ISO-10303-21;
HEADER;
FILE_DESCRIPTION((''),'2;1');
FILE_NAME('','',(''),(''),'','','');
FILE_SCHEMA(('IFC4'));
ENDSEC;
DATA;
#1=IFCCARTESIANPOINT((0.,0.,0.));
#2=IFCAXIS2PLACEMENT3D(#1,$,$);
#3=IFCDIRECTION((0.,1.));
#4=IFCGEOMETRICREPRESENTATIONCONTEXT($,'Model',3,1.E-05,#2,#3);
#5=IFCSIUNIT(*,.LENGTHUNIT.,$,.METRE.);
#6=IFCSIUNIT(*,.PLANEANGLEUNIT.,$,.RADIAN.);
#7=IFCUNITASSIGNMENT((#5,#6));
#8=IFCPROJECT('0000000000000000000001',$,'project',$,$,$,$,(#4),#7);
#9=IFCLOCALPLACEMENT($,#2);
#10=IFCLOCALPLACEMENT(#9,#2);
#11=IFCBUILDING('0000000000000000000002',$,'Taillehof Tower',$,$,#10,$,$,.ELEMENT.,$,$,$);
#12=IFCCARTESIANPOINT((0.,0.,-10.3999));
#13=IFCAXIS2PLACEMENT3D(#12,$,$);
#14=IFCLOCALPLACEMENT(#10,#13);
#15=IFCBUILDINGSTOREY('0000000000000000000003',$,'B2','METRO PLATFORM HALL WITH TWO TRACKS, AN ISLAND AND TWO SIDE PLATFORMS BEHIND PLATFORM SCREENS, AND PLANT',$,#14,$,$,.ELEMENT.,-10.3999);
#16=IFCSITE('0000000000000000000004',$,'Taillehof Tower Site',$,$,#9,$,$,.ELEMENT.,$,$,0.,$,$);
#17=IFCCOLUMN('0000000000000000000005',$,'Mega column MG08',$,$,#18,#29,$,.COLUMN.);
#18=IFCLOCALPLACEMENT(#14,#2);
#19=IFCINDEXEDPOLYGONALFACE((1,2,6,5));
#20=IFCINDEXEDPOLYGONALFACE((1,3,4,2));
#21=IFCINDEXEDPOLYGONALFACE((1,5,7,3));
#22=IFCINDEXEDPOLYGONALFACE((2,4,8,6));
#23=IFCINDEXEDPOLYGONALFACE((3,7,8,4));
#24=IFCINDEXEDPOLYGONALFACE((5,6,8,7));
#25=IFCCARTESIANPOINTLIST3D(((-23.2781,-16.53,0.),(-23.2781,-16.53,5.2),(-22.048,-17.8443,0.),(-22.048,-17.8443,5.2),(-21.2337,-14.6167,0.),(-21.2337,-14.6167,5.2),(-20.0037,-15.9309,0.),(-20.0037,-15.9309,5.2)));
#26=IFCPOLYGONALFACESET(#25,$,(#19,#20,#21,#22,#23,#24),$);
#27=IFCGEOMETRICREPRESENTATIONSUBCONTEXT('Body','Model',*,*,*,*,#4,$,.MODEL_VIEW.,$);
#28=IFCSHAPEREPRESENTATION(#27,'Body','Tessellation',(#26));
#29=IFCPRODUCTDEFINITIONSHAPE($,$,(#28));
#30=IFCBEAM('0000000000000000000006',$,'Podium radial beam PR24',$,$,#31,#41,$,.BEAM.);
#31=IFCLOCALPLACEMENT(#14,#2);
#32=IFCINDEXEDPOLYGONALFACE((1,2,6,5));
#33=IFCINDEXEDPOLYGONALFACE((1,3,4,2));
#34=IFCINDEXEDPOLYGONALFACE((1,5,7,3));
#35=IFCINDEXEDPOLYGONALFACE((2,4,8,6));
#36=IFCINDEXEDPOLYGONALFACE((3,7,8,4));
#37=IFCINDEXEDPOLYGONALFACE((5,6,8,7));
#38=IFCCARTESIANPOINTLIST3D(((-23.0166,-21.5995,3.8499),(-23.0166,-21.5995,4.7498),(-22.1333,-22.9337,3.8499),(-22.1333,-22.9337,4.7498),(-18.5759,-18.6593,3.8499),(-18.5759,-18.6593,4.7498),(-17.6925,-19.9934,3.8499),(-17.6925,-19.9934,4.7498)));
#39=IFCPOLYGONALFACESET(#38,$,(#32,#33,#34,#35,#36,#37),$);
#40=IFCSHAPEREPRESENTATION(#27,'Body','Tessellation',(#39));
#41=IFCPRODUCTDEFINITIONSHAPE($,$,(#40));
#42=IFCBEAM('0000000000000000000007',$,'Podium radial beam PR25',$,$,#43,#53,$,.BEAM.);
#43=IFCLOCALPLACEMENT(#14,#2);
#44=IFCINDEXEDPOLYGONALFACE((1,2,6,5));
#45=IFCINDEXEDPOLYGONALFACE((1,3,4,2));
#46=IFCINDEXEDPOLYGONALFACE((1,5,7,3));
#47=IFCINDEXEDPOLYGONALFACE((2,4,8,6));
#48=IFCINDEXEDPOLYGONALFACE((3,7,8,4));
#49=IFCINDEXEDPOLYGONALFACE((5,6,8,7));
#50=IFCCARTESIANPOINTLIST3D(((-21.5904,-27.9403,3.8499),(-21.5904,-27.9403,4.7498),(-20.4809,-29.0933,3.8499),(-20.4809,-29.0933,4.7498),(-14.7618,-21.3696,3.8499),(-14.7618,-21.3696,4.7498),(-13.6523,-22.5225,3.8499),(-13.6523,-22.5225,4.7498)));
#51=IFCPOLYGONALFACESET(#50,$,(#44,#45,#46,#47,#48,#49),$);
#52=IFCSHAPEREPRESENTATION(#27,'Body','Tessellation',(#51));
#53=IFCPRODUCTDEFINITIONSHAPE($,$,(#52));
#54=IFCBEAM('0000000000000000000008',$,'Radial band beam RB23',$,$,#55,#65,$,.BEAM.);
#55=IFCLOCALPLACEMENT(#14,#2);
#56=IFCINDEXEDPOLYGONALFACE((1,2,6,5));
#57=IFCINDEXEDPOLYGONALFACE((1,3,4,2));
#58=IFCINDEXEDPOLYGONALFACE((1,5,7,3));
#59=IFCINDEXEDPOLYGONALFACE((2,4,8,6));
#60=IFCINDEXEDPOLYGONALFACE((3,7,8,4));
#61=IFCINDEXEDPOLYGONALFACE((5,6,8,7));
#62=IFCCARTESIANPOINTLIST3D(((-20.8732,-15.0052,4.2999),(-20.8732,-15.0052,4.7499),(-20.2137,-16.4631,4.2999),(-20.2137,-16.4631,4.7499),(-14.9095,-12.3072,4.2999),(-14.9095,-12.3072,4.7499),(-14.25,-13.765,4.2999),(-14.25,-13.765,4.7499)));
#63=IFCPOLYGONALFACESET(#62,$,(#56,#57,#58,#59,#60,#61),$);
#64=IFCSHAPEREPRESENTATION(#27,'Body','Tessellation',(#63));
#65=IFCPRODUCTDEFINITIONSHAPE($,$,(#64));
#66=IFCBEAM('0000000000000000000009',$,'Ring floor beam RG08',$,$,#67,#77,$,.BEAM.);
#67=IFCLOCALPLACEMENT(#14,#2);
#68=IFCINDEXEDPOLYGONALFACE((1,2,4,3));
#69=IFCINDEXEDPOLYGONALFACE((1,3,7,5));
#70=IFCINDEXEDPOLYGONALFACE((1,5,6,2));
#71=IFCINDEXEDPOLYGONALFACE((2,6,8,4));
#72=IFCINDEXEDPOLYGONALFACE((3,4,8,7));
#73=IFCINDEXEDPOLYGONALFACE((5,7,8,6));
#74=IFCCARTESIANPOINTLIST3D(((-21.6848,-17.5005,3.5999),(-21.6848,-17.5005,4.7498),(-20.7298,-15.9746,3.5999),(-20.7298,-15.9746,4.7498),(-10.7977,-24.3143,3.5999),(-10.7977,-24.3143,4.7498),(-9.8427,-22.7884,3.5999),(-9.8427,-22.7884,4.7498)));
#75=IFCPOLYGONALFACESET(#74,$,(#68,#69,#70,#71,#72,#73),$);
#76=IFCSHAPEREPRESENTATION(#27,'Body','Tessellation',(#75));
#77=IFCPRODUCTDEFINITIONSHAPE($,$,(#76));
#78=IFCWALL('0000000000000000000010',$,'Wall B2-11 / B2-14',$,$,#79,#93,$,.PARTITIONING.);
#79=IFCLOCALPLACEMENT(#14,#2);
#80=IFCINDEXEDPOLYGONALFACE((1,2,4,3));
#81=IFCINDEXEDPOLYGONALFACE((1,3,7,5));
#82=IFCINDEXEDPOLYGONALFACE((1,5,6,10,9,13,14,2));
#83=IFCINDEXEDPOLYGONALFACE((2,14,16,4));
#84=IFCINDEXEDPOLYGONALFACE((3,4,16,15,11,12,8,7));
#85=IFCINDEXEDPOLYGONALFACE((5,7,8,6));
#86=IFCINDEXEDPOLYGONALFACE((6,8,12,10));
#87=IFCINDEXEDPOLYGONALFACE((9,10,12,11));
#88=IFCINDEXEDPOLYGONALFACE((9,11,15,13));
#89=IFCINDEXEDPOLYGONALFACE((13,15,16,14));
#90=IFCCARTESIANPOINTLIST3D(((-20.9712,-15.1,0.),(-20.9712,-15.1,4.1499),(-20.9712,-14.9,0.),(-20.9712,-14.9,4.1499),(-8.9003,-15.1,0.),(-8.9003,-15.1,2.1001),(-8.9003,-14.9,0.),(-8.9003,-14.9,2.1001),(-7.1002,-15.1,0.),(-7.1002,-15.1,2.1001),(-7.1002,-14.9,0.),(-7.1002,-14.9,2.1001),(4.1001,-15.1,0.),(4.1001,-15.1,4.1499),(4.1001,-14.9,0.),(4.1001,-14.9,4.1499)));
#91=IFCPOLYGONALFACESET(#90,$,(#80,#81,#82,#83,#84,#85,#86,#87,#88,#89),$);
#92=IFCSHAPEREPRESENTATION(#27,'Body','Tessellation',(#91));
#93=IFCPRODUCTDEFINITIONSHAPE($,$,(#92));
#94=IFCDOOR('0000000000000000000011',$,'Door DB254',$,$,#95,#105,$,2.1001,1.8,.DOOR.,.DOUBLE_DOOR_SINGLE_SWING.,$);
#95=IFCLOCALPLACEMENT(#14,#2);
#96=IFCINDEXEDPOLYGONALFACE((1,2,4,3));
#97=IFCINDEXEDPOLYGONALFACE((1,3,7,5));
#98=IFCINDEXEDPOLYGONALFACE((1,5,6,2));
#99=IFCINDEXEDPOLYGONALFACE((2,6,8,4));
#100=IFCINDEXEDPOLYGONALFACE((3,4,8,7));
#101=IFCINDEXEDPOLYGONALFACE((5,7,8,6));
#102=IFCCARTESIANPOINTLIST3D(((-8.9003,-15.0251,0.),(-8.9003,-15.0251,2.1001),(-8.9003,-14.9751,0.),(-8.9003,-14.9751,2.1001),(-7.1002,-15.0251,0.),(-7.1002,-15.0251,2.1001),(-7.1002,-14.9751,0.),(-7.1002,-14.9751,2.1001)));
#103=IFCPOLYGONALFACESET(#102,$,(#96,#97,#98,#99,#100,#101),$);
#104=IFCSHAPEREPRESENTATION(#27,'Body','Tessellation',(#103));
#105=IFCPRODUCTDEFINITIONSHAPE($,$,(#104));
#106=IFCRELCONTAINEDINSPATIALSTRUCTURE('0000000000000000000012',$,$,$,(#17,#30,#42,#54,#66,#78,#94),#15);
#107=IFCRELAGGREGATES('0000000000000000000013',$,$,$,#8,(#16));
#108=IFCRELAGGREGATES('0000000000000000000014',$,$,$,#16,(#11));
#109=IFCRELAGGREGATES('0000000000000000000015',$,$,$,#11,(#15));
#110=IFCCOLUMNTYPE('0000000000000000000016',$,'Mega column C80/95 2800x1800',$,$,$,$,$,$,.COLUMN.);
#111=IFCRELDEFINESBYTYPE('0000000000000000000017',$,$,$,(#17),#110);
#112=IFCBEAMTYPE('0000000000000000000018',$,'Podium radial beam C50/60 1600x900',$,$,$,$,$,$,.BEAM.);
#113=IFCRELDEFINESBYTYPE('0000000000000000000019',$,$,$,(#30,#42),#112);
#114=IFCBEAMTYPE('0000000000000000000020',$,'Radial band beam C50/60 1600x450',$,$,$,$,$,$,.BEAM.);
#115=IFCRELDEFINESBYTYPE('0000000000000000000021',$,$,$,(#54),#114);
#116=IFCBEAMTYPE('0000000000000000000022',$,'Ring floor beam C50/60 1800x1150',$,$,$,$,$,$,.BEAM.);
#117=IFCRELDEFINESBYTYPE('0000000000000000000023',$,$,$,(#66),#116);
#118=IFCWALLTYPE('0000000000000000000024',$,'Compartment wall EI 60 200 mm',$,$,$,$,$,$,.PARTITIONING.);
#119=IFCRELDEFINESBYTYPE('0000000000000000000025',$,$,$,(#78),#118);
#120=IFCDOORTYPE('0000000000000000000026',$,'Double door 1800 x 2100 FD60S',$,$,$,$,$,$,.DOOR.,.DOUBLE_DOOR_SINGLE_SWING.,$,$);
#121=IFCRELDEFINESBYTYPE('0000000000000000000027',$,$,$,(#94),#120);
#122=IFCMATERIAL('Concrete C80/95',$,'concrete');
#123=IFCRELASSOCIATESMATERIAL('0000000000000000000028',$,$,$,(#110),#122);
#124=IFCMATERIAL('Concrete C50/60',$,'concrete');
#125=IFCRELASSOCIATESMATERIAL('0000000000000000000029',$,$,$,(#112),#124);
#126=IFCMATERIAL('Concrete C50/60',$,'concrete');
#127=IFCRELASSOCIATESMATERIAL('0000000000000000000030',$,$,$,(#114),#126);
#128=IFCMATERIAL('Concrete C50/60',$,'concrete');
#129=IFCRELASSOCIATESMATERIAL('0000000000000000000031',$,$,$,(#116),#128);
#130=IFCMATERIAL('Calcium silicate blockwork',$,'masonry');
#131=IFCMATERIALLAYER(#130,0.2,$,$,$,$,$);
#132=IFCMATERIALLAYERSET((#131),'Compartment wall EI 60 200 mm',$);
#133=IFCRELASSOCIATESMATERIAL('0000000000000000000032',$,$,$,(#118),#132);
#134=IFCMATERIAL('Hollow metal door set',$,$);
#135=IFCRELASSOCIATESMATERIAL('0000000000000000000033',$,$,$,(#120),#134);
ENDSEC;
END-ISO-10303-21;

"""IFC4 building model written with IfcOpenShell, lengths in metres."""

from ifc_helpers import new_model, si_unit, direction, frame, frame_2d, origin, origin_2d, place, context, subcontext, project, spatial, rectangle, extrude, material, layer, layer_set, material_profile, profile_set, type_object, element, fill, save


model = new_model("IFC4")

# Units and contexts
model_context = context("Model", 3, precision=1e-05, world=origin(), true_north=direction((0.0, 1.0)))
body_context = subcontext(model_context, "Body", "Model", "MODEL_VIEW")
ifc_project = project(units=[si_unit("LENGTHUNIT", "METRE"), si_unit("PLANEANGLEUNIT", "RADIAN")], contexts=[model_context])

# Site, building, storey
site_placement = place(None, origin())
site = spatial("IfcSite", under=ifc_project, at=site_placement, Name="Taillehof Tower Site", CompositionType="ELEMENT", RefElevation=0.0)
building_placement = place(site_placement, origin())
building = spatial("IfcBuilding", under=site, at=building_placement, Name="Taillehof Tower", CompositionType="ELEMENT")
storey_placement = place(building_placement, frame((0.0, 0.0, -10.3999)))
storey = spatial("IfcBuildingStorey", under=building, at=storey_placement, Name="B2", Description="METRO PLATFORM HALL WITH TWO TRACKS, AN ISLAND AND TWO SIDE PLATFORMS BEHIND PLATFORM SCREENS, AND PLANT", CompositionType="ELEMENT", Elevation=-10.3999)

# Column
ifc_material_1 = material(Name="Concrete C80/95", Category="concrete")
ifc_material_profile_1 = material_profile(ifc_material_1, rectangle(XDim=2.8, YDim=1.8, at=origin_2d()), Name="RC 2800x1800")
ifc_profile_set_1 = profile_set([ifc_material_profile_1], Name="Concrete C80/95")
column_type = type_object("IfcColumnType", Name="Mega column C80/95 2800x1800", PredefinedType="COLUMN", material=ifc_profile_set_1)
column_placement = place(storey_placement, frame((-21.6409, -16.2305, 0.0), z_axis=(0.0, 0.0, 1.0), x_axis=(-0.730113, -0.683326, 0.0)))
element("IfcColumn", 1, at=column_placement, inside=storey, type_object=column_type, Name="Mega column MG08", PredefinedType="COLUMN", context=body_context, shape_type="SweptSolid", body=[
    extrude(rectangle(XDim=2.8, YDim=1.8, at=origin_2d()), origin(), (0.0, 0.0, 1.0), 5.2),
])

# Beams
ifc_material_2 = material(Name="Concrete C50/60", Category="concrete")
ifc_material_profile_2 = material_profile(ifc_material_2, rectangle(XDim=1.6001, YDim=0.8999, at=origin_2d()), Name="RC 1600x900")
ifc_profile_set_2 = profile_set([ifc_material_profile_2], Name="Concrete C50/60")
beam_type_1 = type_object("IfcBeamType", Name="Podium radial beam C50/60 1600x900", PredefinedType="BEAM", material=ifc_profile_set_2)
beam_1_placement = place(storey_placement, frame((-22.575, -22.2666, 4.2998), z_axis=(0.833802, 0.552063, 0.0), x_axis=(-0.552063, 0.833802, 0.0)))
element("IfcBeam", 2, at=beam_1_placement, inside=storey, type_object=beam_type_1, Name="Podium radial beam PR24", PredefinedType="BEAM", context=body_context, shape_type="SweptSolid", body=[
    extrude(rectangle(XDim=1.6001, YDim=0.8999, at=origin_2d()), origin(), (0.0, 0.0, 1.0), 5.3259),
])
beam_2_placement = place(storey_placement, frame((-21.0356, -28.5168, 4.2998), z_axis=(0.720579, 0.693373, 0.0), x_axis=(-0.693373, 0.720579, 0.0)))
element("IfcBeam", 3, at=beam_2_placement, inside=storey, type_object=beam_type_1, Name="Podium radial beam PR25", PredefinedType="BEAM", context=body_context, shape_type="SweptSolid", body=[
    extrude(rectangle(XDim=1.6001, YDim=0.8999, at=origin_2d()), origin(), (0.0, 0.0, 1.0), 9.4766),
])
ifc_material_3 = material(Name="Concrete C50/60", Category="concrete")
ifc_material_profile_3 = material_profile(ifc_material_3, rectangle(XDim=1.6001, YDim=0.45, at=origin_2d()), Name="RC 1600x450")
ifc_profile_set_3 = profile_set([ifc_material_profile_3], Name="Concrete C50/60")
beam_type_2 = type_object("IfcBeamType", Name="Radial band beam C50/60 1600x450", PredefinedType="BEAM", material=ifc_profile_set_3)
beam_3_placement = place(storey_placement, frame((-20.5435, -15.7341, 4.5249), z_axis=(0.911098, 0.412189, 0.0), x_axis=(-0.412189, 0.911098, 0.0)))
element("IfcBeam", 4, at=beam_3_placement, inside=storey, type_object=beam_type_2, Name="Radial band beam RB23", PredefinedType="BEAM", context=body_context, shape_type="SweptSolid", body=[
    extrude(rectangle(XDim=1.6001, YDim=0.45, at=origin_2d()), origin(), (0.0, 0.0, 1.0), 6.5457),
])
ifc_material_4 = material(Name="Concrete C50/60", Category="concrete")
ifc_material_profile_4 = material_profile(ifc_material_4, rectangle(XDim=1.8, YDim=1.1499, at=origin_2d()), Name="RC 1800x1150")
ifc_profile_set_4 = profile_set([ifc_material_profile_4], Name="Concrete C50/60")
beam_type_3 = type_object("IfcBeamType", Name="Ring floor beam C50/60 1800x1150", PredefinedType="BEAM", material=ifc_profile_set_4)
beam_4_placement = place(storey_placement, frame((-21.2073, -16.7375, 4.1748), z_axis=(0.84767, -0.530523, 0.0), x_axis=(0.530523, 0.84767, 0.0)))
element("IfcBeam", 5, at=beam_4_placement, inside=storey, type_object=beam_type_3, Name="Ring floor beam RG08", PredefinedType="BEAM", context=body_context, shape_type="SweptSolid", body=[
    extrude(rectangle(XDim=1.8, YDim=1.1499, at=origin_2d()), origin(), (0.0, 0.0, 1.0), 12.8435),
])

# Wall, opening, door
ifc_material_5 = material(Name="Calcium silicate blockwork", Category="masonry")
ifc_layer_1 = layer(ifc_material_5, 0.2)
ifc_layer_set_1 = layer_set([ifc_layer_1], Name="Compartment wall EI 60 200 mm")
wall_type_1 = type_object("IfcWallType", Name="Compartment wall EI 60 200 mm", PredefinedType="PARTITIONING", material=ifc_layer_set_1)
wall_1_placement = place(storey_placement, frame((-20.9712, -15.0, 0.0), z_axis=(0.0, 0.0, 1.0), x_axis=(1.0, 0.0, 0.0)))
wall_1 = element("IfcWall", 6, at=wall_1_placement, inside=storey, type_object=wall_type_1, Name="Wall B2-11 / B2-14", PredefinedType="PARTITIONING", context=body_context, shape_type="SweptSolid", body=[
    extrude(rectangle(XDim=25.0713, YDim=0.2, at=frame_2d((12.5356, 0.0))), origin(), (0.0, 0.0, 1.0), 4.1499),
])
opening_1_placement = place(wall_1_placement, frame((12.071, 0.0, 0.0)))
opening_1 = element("IfcOpeningElement", 7, at=opening_1_placement, cuts=wall_1, PredefinedType="OPENING", context=body_context, shape_type="SweptSolid", body=[
    extrude(rectangle(XDim=1.8, YDim=2.1001, at=frame_2d((0.8999, 1.05))), frame((0.0, 0.1099, 0.0), z_axis=(0.0, -1.0, 0.0), x_axis=(1.0, 0.0, 0.0)), (0.0, 0.0, 1.0), 0.22),
])
ifc_material_6 = material(Name="Hollow metal door set")
door_type_1 = type_object("IfcDoorType", Name="Double door 1800 x 2100 FD60S", OperationType="DOUBLE_DOOR_SINGLE_SWING", PredefinedType="DOOR", material=ifc_material_6)
door_1_placement = place(opening_1_placement, origin())
door_1 = element("IfcDoor", 8, at=door_1_placement, inside=storey, type_object=door_type_1, Name="Door DB254", OperationType="DOUBLE_DOOR_SINGLE_SWING", OverallHeight=2.1001, OverallWidth=1.8, PredefinedType="DOOR", context=body_context, shape_type="SweptSolid", body=[
    extrude(rectangle(XDim=1.8, YDim=2.1001, at=frame_2d((0.8999, 1.05))), frame((0.0, 0.0249, 0.0), z_axis=(0.0, -1.0, 0.0), x_axis=(1.0, 0.0, 0.0)), (0.0, 0.0, 1.0), 0.05),
])
fill(opening_1, door_1)

save(model, "model.ifc")
